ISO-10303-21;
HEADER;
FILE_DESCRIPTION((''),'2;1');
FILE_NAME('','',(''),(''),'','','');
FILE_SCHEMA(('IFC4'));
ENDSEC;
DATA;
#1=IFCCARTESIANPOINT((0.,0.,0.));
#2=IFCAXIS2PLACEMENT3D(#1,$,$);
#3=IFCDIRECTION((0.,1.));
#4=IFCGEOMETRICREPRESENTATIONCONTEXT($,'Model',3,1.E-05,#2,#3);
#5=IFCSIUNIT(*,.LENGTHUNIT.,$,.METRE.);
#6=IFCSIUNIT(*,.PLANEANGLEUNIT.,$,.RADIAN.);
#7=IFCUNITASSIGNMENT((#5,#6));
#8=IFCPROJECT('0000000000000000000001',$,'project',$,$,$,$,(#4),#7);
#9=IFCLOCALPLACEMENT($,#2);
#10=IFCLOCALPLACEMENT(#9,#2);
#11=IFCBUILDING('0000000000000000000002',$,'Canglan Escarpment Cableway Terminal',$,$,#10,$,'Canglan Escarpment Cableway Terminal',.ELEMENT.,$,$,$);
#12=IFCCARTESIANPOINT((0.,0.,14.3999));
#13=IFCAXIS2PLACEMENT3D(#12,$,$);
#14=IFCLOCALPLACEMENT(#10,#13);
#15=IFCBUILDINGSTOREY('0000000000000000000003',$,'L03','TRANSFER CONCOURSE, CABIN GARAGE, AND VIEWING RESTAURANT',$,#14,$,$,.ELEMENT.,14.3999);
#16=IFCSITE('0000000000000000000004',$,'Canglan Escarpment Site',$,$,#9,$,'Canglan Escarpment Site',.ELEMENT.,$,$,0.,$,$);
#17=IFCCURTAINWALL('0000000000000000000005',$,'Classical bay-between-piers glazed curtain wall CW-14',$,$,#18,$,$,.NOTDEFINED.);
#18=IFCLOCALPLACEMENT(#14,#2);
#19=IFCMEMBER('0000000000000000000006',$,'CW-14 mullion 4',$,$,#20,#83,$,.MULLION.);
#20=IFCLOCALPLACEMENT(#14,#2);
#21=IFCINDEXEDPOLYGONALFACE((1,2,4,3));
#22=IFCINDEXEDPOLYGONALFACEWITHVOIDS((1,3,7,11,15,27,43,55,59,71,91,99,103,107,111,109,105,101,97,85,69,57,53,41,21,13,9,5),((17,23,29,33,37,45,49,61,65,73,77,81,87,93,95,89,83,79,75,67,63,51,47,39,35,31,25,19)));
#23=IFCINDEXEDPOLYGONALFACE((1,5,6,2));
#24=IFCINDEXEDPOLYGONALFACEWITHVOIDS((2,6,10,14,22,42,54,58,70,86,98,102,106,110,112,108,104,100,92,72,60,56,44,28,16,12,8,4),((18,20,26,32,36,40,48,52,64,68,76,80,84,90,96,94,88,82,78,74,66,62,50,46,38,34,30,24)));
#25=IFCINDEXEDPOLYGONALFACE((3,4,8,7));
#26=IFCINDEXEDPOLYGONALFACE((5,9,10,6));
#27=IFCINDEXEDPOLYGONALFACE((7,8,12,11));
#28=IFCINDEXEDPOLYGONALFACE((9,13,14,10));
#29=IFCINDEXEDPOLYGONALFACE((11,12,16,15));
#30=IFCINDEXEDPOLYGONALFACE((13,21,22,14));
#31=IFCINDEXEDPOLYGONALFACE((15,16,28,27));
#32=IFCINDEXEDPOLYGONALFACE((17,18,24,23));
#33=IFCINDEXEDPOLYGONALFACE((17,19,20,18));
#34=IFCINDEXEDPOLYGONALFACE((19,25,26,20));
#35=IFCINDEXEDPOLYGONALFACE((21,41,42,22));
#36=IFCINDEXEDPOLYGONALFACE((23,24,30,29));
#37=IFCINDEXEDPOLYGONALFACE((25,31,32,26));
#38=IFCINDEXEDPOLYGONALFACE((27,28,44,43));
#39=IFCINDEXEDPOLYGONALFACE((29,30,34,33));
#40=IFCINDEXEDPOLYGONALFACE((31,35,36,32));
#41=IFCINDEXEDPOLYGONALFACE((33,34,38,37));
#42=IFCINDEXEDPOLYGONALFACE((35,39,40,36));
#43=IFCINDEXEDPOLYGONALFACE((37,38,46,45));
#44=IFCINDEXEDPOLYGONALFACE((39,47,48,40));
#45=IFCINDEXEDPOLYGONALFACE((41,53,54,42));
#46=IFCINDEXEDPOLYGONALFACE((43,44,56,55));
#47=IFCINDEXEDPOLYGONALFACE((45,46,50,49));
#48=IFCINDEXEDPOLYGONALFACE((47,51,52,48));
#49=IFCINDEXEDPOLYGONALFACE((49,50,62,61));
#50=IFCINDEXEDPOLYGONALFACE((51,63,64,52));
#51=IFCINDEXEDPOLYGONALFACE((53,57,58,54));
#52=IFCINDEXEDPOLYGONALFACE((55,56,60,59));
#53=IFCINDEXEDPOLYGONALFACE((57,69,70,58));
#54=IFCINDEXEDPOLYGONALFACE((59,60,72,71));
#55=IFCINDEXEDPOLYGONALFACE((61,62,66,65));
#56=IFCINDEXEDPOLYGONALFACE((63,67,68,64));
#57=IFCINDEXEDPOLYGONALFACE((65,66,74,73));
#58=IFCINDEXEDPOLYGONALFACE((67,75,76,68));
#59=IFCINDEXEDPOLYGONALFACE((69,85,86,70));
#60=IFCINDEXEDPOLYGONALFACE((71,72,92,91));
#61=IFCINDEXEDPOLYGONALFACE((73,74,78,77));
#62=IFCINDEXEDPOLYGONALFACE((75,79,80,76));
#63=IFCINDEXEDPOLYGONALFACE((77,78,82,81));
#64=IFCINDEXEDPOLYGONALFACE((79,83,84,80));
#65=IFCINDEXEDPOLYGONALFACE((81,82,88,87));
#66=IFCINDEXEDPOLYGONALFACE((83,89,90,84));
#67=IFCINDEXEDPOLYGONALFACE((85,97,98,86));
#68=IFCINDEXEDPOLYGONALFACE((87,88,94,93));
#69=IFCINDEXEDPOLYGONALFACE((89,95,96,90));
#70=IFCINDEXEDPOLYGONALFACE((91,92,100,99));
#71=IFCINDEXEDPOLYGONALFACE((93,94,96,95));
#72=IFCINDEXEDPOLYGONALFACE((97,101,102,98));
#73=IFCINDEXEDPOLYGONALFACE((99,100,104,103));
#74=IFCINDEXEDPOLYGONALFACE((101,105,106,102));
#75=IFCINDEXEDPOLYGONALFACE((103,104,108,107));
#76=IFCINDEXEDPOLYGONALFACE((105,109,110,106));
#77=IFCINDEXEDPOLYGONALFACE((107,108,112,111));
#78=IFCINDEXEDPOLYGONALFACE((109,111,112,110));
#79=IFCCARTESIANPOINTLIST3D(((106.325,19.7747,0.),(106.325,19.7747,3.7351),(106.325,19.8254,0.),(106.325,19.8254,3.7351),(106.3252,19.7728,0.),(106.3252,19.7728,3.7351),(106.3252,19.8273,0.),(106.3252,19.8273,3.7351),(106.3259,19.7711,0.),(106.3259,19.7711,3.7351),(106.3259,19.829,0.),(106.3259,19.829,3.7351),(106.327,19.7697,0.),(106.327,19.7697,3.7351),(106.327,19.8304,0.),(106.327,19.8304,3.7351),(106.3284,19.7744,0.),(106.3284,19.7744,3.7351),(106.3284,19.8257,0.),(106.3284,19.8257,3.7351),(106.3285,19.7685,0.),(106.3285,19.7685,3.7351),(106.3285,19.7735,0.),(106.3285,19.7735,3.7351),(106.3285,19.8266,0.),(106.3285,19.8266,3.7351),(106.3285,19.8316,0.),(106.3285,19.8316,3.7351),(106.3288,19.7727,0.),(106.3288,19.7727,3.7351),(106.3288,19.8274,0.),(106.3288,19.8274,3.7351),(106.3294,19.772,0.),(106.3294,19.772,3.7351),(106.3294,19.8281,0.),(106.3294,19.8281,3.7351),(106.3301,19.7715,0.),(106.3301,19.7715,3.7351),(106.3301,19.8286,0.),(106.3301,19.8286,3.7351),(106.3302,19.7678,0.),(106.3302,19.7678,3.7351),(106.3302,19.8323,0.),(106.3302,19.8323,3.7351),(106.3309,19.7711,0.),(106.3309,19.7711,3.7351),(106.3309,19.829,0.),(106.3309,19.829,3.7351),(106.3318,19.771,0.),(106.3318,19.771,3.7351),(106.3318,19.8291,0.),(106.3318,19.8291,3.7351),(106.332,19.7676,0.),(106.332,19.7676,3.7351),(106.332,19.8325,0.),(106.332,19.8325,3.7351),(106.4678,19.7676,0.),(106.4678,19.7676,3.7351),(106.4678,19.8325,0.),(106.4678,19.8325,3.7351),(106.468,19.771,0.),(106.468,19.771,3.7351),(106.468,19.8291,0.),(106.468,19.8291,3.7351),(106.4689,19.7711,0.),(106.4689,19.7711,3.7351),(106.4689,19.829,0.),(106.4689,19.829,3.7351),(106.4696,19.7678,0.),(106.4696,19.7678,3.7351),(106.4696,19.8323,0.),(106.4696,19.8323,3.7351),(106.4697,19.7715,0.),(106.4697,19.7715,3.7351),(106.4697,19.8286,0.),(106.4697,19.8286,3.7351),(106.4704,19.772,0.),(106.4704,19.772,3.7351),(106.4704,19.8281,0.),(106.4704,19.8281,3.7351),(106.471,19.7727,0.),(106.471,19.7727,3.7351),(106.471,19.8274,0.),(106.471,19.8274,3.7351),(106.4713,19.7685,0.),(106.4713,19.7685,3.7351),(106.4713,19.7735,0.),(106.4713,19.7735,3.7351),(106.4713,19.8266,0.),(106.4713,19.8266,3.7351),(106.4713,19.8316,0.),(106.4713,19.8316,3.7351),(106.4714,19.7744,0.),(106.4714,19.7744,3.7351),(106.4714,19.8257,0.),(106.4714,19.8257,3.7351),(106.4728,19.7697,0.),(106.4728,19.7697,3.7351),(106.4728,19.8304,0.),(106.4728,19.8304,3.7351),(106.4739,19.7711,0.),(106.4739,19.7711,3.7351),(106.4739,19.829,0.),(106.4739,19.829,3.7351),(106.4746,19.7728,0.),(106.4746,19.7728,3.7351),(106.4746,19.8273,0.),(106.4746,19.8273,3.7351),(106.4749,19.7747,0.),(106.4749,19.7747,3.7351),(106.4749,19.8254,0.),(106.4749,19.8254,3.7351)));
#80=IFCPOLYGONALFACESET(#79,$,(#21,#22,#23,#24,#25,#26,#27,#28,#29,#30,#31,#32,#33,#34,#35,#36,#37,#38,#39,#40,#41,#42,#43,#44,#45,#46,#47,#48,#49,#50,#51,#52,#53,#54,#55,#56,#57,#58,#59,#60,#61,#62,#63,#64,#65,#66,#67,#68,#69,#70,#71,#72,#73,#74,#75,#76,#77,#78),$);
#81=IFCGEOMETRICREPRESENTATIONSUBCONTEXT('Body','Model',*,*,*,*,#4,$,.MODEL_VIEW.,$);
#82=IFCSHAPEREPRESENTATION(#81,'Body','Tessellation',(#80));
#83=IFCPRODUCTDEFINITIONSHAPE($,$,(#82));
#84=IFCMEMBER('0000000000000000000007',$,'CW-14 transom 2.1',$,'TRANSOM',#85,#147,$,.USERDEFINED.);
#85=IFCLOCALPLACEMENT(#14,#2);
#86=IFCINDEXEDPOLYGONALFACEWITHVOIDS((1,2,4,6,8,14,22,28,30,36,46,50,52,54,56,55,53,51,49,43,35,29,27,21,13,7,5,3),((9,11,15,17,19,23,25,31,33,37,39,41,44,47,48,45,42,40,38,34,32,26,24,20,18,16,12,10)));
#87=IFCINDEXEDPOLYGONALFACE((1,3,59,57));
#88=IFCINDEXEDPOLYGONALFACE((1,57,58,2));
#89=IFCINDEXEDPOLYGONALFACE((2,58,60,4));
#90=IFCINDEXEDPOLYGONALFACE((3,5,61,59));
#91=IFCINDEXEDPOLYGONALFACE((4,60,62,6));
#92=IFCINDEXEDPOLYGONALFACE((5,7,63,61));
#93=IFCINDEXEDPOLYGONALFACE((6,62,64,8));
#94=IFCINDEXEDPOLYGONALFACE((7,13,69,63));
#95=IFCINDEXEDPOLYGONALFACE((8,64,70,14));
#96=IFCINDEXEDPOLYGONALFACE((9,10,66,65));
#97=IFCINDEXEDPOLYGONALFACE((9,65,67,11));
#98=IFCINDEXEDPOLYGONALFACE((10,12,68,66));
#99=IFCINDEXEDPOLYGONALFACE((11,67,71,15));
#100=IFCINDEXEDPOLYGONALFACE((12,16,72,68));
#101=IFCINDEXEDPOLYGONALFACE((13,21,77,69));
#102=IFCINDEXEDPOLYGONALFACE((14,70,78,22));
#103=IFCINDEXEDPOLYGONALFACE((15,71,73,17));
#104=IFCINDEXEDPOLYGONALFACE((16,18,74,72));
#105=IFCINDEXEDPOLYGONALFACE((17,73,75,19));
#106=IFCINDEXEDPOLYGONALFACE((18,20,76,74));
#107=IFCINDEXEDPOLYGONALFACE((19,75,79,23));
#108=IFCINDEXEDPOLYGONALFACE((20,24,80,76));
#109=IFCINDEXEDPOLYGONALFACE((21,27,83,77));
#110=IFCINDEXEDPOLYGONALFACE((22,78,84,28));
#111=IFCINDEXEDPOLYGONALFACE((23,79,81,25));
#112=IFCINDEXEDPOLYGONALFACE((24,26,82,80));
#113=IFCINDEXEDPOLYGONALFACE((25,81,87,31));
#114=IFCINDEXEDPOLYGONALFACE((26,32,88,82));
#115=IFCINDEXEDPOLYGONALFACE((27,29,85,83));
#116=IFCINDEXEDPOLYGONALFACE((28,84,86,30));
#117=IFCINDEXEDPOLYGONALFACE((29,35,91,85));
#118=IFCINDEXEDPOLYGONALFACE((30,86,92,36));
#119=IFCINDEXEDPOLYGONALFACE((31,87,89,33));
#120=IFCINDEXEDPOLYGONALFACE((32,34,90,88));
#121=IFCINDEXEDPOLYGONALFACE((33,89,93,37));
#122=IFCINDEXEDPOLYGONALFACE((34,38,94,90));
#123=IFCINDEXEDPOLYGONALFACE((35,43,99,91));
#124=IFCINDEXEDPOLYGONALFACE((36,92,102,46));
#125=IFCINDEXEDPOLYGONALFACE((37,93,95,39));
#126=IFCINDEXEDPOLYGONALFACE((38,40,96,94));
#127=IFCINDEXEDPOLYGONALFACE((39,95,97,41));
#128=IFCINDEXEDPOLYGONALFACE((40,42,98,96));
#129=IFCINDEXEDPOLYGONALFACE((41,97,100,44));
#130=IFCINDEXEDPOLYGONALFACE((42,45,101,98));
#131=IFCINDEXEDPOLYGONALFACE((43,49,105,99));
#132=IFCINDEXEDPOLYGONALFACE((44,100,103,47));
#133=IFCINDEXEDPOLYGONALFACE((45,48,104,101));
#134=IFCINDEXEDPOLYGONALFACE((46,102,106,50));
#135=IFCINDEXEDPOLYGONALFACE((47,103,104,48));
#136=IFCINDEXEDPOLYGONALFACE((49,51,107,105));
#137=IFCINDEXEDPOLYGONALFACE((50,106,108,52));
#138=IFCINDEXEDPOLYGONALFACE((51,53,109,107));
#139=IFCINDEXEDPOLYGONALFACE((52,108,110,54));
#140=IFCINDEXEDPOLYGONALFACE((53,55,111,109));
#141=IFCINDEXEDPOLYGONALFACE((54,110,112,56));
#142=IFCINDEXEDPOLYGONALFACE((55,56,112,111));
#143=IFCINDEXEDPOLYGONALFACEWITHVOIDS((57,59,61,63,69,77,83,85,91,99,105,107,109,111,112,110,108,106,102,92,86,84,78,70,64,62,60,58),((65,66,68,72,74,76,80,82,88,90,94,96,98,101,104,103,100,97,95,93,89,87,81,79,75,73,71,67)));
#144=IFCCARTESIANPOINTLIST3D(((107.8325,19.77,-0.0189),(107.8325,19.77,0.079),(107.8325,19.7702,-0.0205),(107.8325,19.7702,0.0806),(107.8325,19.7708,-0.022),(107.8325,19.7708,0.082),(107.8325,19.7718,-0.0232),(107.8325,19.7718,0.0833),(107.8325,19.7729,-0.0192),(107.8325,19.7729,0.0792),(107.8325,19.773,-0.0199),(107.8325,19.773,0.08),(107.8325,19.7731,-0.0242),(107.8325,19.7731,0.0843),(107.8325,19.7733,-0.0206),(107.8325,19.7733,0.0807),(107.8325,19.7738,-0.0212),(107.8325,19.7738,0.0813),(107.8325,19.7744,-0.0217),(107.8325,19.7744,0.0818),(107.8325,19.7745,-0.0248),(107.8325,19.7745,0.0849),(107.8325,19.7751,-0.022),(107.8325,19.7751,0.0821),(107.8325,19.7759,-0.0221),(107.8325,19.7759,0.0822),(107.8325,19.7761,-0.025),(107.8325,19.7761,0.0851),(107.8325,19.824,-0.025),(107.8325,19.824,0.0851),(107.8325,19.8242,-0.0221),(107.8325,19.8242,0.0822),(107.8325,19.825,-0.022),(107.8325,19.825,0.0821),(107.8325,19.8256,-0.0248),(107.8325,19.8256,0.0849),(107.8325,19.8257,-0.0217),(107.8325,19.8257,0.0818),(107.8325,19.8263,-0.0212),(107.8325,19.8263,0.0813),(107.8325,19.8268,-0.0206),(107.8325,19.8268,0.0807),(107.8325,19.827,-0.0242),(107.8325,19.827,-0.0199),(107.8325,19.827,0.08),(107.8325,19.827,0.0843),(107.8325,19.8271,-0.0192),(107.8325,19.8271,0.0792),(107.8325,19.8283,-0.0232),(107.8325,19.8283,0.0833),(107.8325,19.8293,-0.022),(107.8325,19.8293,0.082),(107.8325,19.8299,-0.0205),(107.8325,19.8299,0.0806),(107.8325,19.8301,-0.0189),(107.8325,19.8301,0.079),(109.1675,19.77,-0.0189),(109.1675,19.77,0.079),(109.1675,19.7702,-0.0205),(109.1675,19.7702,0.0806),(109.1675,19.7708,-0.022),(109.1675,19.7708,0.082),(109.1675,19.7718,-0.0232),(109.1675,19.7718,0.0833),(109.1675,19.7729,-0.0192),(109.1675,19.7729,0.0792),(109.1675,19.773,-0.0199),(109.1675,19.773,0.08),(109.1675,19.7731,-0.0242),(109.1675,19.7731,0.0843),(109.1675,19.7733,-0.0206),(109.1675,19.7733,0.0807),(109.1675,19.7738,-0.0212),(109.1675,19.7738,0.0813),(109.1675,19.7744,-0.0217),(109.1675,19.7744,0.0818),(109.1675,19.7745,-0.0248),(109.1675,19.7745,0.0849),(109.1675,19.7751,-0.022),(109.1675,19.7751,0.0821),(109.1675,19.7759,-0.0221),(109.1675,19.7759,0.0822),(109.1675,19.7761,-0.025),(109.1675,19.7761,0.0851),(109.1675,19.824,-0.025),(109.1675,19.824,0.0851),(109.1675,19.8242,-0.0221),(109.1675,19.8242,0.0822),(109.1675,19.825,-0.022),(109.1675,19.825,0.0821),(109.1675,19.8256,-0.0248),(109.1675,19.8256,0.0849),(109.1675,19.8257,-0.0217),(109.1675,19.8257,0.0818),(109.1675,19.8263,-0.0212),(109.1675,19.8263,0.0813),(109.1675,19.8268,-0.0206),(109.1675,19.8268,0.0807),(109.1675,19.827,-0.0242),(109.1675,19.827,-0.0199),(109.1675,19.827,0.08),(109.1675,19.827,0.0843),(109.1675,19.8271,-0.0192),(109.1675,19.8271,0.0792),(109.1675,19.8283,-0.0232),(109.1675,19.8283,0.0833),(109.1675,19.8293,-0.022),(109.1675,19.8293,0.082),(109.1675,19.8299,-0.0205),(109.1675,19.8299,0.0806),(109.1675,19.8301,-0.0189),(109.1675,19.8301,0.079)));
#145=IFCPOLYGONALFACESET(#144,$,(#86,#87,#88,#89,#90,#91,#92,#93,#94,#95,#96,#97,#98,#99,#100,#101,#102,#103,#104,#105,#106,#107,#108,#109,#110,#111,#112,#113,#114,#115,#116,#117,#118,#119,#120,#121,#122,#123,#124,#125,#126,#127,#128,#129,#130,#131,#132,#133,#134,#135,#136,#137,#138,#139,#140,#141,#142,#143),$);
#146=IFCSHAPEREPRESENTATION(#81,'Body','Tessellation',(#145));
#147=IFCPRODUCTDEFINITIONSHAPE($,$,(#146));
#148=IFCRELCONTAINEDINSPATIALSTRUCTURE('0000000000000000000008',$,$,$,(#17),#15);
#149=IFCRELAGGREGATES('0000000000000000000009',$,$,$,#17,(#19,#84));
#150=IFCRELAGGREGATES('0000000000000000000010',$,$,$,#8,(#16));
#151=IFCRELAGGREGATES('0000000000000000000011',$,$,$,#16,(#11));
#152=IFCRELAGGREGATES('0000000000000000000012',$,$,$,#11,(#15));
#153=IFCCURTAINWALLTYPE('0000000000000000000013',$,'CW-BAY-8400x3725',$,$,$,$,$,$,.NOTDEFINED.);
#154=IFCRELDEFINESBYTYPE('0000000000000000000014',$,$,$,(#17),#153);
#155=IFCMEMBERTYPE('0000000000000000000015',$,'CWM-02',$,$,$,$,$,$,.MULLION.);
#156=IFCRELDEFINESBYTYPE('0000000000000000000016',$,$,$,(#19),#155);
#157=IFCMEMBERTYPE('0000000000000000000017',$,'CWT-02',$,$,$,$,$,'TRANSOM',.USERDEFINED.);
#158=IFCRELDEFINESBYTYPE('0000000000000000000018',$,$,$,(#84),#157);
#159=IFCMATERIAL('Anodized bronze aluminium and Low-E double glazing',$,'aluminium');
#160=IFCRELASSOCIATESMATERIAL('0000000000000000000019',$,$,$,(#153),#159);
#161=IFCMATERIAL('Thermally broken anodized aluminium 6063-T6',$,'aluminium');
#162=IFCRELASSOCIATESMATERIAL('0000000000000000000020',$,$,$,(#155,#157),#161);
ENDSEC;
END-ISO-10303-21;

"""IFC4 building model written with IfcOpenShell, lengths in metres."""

from ifc_helpers import new_model, si_unit, direction, frame, origin, origin_2d, place, context, subcontext, project, spatial, hollow_rectangle, extrude, material, material_profile, profile_set, type_object, element, aggregate, save


model = new_model("IFC4")

# Units and contexts
model_context = context("Model", 3, precision=1e-05, world=origin(), true_north=direction((0.0, 1.0)))
body_context = subcontext(model_context, "Body", "Model", "MODEL_VIEW")
ifc_project = project(units=[si_unit("LENGTHUNIT", "METRE"), si_unit("PLANEANGLEUNIT", "RADIAN")], contexts=[model_context])

# Site, building, storey
site_placement = place(None, origin())
site = spatial("IfcSite", under=ifc_project, at=site_placement, Name="Canglan Escarpment Site", LongName="Canglan Escarpment Site", CompositionType="ELEMENT", RefElevation=0.0)
building_placement = place(site_placement, origin())
building = spatial("IfcBuilding", under=site, at=building_placement, Name="Canglan Escarpment Cableway Terminal", LongName="Canglan Escarpment Cableway Terminal", CompositionType="ELEMENT")
storey_placement = place(building_placement, frame((0.0, 0.0, 14.3999)))
storey = spatial("IfcBuildingStorey", under=building, at=storey_placement, Name="L03", Description="TRANSFER CONCOURSE, CABIN GARAGE, AND VIEWING RESTAURANT", CompositionType="ELEMENT", Elevation=14.3999)

# Curtain wall, members
ifc_material_1 = material(Name="Anodized bronze aluminium and Low-E double glazing", Category="aluminium")
curtain_wall_type = type_object("IfcCurtainWallType", Name="CW-BAY-8400x3725", PredefinedType="NOTDEFINED", material=ifc_material_1)
curtain_wall_placement = place(storey_placement, origin())
curtain_wall = element("IfcCurtainWall", 1, at=curtain_wall_placement, inside=storey, type_object=curtain_wall_type, Name="Classical bay-between-piers glazed curtain wall CW-14", PredefinedType="NOTDEFINED")
ifc_material_2 = material(Name="Thermally broken anodized aluminium 6063-T6", Category="aluminium")
ifc_material_profile_1 = material_profile(ifc_material_2, hollow_rectangle(XDim=0.0649, YDim=0.1499, WallThickness=0.0034, InnerFilletRadius=0.0034, OuterFilletRadius=0.0071, at=origin_2d()), Name="ALU-MULL 65x150x3.5")
ifc_profile_set_1 = profile_set([ifc_material_profile_1], Name="Thermally broken anodized aluminium 6063-T6")
member_type_1 = type_object("IfcMemberType", Name="CWM-02", PredefinedType="MULLION", material=ifc_profile_set_1)
member_1_placement = place(storey_placement, frame((106.3999, 19.8, 0.0), z_axis=(0.0, 0.0, 1.0), x_axis=(0.0, -1.0, 0.0)))
member_1 = element("IfcMember", 2, at=member_1_placement, type_object=member_type_1, Name="CW-14 mullion 4", PredefinedType="MULLION", context=body_context, shape_type="SweptSolid", body=[
    extrude(hollow_rectangle(XDim=0.0649, YDim=0.1499, WallThickness=0.0034, InnerFilletRadius=0.0034, OuterFilletRadius=0.0071, at=origin_2d()), origin(), (0.0, 0.0, 1.0), 3.7351),
])
ifc_material_profile_2 = material_profile(ifc_material_2, hollow_rectangle(XDim=0.0601, YDim=0.1101, WallThickness=0.0029, InnerFilletRadius=0.0029, OuterFilletRadius=0.0061, at=origin_2d()), Name="ALU-TRAN 60x110x3")
ifc_profile_set_2 = profile_set([ifc_material_profile_2], Name="Thermally broken anodized aluminium 6063-T6")
member_type_2 = type_object("IfcMemberType", Name="CWT-02", ElementType="TRANSOM", PredefinedType="USERDEFINED", material=ifc_profile_set_2)
member_2_placement = place(storey_placement, frame((109.1675, 19.8, 0.03), z_axis=(-1.0, 0.0, 0.0), x_axis=(0.0, -1.0, 0.0)))
member_2 = element("IfcMember", 3, at=member_2_placement, type_object=member_type_2, Name="CW-14 transom 2.1", ObjectType="TRANSOM", PredefinedType="USERDEFINED", context=body_context, shape_type="SweptSolid", body=[
    extrude(hollow_rectangle(XDim=0.0601, YDim=0.1101, WallThickness=0.0029, InnerFilletRadius=0.0029, OuterFilletRadius=0.0061, at=origin_2d()), origin(), (0.0, 0.0, 1.0), 1.335),
])
aggregate(curtain_wall, [member_1, member_2])

save(model, "model.ifc")
